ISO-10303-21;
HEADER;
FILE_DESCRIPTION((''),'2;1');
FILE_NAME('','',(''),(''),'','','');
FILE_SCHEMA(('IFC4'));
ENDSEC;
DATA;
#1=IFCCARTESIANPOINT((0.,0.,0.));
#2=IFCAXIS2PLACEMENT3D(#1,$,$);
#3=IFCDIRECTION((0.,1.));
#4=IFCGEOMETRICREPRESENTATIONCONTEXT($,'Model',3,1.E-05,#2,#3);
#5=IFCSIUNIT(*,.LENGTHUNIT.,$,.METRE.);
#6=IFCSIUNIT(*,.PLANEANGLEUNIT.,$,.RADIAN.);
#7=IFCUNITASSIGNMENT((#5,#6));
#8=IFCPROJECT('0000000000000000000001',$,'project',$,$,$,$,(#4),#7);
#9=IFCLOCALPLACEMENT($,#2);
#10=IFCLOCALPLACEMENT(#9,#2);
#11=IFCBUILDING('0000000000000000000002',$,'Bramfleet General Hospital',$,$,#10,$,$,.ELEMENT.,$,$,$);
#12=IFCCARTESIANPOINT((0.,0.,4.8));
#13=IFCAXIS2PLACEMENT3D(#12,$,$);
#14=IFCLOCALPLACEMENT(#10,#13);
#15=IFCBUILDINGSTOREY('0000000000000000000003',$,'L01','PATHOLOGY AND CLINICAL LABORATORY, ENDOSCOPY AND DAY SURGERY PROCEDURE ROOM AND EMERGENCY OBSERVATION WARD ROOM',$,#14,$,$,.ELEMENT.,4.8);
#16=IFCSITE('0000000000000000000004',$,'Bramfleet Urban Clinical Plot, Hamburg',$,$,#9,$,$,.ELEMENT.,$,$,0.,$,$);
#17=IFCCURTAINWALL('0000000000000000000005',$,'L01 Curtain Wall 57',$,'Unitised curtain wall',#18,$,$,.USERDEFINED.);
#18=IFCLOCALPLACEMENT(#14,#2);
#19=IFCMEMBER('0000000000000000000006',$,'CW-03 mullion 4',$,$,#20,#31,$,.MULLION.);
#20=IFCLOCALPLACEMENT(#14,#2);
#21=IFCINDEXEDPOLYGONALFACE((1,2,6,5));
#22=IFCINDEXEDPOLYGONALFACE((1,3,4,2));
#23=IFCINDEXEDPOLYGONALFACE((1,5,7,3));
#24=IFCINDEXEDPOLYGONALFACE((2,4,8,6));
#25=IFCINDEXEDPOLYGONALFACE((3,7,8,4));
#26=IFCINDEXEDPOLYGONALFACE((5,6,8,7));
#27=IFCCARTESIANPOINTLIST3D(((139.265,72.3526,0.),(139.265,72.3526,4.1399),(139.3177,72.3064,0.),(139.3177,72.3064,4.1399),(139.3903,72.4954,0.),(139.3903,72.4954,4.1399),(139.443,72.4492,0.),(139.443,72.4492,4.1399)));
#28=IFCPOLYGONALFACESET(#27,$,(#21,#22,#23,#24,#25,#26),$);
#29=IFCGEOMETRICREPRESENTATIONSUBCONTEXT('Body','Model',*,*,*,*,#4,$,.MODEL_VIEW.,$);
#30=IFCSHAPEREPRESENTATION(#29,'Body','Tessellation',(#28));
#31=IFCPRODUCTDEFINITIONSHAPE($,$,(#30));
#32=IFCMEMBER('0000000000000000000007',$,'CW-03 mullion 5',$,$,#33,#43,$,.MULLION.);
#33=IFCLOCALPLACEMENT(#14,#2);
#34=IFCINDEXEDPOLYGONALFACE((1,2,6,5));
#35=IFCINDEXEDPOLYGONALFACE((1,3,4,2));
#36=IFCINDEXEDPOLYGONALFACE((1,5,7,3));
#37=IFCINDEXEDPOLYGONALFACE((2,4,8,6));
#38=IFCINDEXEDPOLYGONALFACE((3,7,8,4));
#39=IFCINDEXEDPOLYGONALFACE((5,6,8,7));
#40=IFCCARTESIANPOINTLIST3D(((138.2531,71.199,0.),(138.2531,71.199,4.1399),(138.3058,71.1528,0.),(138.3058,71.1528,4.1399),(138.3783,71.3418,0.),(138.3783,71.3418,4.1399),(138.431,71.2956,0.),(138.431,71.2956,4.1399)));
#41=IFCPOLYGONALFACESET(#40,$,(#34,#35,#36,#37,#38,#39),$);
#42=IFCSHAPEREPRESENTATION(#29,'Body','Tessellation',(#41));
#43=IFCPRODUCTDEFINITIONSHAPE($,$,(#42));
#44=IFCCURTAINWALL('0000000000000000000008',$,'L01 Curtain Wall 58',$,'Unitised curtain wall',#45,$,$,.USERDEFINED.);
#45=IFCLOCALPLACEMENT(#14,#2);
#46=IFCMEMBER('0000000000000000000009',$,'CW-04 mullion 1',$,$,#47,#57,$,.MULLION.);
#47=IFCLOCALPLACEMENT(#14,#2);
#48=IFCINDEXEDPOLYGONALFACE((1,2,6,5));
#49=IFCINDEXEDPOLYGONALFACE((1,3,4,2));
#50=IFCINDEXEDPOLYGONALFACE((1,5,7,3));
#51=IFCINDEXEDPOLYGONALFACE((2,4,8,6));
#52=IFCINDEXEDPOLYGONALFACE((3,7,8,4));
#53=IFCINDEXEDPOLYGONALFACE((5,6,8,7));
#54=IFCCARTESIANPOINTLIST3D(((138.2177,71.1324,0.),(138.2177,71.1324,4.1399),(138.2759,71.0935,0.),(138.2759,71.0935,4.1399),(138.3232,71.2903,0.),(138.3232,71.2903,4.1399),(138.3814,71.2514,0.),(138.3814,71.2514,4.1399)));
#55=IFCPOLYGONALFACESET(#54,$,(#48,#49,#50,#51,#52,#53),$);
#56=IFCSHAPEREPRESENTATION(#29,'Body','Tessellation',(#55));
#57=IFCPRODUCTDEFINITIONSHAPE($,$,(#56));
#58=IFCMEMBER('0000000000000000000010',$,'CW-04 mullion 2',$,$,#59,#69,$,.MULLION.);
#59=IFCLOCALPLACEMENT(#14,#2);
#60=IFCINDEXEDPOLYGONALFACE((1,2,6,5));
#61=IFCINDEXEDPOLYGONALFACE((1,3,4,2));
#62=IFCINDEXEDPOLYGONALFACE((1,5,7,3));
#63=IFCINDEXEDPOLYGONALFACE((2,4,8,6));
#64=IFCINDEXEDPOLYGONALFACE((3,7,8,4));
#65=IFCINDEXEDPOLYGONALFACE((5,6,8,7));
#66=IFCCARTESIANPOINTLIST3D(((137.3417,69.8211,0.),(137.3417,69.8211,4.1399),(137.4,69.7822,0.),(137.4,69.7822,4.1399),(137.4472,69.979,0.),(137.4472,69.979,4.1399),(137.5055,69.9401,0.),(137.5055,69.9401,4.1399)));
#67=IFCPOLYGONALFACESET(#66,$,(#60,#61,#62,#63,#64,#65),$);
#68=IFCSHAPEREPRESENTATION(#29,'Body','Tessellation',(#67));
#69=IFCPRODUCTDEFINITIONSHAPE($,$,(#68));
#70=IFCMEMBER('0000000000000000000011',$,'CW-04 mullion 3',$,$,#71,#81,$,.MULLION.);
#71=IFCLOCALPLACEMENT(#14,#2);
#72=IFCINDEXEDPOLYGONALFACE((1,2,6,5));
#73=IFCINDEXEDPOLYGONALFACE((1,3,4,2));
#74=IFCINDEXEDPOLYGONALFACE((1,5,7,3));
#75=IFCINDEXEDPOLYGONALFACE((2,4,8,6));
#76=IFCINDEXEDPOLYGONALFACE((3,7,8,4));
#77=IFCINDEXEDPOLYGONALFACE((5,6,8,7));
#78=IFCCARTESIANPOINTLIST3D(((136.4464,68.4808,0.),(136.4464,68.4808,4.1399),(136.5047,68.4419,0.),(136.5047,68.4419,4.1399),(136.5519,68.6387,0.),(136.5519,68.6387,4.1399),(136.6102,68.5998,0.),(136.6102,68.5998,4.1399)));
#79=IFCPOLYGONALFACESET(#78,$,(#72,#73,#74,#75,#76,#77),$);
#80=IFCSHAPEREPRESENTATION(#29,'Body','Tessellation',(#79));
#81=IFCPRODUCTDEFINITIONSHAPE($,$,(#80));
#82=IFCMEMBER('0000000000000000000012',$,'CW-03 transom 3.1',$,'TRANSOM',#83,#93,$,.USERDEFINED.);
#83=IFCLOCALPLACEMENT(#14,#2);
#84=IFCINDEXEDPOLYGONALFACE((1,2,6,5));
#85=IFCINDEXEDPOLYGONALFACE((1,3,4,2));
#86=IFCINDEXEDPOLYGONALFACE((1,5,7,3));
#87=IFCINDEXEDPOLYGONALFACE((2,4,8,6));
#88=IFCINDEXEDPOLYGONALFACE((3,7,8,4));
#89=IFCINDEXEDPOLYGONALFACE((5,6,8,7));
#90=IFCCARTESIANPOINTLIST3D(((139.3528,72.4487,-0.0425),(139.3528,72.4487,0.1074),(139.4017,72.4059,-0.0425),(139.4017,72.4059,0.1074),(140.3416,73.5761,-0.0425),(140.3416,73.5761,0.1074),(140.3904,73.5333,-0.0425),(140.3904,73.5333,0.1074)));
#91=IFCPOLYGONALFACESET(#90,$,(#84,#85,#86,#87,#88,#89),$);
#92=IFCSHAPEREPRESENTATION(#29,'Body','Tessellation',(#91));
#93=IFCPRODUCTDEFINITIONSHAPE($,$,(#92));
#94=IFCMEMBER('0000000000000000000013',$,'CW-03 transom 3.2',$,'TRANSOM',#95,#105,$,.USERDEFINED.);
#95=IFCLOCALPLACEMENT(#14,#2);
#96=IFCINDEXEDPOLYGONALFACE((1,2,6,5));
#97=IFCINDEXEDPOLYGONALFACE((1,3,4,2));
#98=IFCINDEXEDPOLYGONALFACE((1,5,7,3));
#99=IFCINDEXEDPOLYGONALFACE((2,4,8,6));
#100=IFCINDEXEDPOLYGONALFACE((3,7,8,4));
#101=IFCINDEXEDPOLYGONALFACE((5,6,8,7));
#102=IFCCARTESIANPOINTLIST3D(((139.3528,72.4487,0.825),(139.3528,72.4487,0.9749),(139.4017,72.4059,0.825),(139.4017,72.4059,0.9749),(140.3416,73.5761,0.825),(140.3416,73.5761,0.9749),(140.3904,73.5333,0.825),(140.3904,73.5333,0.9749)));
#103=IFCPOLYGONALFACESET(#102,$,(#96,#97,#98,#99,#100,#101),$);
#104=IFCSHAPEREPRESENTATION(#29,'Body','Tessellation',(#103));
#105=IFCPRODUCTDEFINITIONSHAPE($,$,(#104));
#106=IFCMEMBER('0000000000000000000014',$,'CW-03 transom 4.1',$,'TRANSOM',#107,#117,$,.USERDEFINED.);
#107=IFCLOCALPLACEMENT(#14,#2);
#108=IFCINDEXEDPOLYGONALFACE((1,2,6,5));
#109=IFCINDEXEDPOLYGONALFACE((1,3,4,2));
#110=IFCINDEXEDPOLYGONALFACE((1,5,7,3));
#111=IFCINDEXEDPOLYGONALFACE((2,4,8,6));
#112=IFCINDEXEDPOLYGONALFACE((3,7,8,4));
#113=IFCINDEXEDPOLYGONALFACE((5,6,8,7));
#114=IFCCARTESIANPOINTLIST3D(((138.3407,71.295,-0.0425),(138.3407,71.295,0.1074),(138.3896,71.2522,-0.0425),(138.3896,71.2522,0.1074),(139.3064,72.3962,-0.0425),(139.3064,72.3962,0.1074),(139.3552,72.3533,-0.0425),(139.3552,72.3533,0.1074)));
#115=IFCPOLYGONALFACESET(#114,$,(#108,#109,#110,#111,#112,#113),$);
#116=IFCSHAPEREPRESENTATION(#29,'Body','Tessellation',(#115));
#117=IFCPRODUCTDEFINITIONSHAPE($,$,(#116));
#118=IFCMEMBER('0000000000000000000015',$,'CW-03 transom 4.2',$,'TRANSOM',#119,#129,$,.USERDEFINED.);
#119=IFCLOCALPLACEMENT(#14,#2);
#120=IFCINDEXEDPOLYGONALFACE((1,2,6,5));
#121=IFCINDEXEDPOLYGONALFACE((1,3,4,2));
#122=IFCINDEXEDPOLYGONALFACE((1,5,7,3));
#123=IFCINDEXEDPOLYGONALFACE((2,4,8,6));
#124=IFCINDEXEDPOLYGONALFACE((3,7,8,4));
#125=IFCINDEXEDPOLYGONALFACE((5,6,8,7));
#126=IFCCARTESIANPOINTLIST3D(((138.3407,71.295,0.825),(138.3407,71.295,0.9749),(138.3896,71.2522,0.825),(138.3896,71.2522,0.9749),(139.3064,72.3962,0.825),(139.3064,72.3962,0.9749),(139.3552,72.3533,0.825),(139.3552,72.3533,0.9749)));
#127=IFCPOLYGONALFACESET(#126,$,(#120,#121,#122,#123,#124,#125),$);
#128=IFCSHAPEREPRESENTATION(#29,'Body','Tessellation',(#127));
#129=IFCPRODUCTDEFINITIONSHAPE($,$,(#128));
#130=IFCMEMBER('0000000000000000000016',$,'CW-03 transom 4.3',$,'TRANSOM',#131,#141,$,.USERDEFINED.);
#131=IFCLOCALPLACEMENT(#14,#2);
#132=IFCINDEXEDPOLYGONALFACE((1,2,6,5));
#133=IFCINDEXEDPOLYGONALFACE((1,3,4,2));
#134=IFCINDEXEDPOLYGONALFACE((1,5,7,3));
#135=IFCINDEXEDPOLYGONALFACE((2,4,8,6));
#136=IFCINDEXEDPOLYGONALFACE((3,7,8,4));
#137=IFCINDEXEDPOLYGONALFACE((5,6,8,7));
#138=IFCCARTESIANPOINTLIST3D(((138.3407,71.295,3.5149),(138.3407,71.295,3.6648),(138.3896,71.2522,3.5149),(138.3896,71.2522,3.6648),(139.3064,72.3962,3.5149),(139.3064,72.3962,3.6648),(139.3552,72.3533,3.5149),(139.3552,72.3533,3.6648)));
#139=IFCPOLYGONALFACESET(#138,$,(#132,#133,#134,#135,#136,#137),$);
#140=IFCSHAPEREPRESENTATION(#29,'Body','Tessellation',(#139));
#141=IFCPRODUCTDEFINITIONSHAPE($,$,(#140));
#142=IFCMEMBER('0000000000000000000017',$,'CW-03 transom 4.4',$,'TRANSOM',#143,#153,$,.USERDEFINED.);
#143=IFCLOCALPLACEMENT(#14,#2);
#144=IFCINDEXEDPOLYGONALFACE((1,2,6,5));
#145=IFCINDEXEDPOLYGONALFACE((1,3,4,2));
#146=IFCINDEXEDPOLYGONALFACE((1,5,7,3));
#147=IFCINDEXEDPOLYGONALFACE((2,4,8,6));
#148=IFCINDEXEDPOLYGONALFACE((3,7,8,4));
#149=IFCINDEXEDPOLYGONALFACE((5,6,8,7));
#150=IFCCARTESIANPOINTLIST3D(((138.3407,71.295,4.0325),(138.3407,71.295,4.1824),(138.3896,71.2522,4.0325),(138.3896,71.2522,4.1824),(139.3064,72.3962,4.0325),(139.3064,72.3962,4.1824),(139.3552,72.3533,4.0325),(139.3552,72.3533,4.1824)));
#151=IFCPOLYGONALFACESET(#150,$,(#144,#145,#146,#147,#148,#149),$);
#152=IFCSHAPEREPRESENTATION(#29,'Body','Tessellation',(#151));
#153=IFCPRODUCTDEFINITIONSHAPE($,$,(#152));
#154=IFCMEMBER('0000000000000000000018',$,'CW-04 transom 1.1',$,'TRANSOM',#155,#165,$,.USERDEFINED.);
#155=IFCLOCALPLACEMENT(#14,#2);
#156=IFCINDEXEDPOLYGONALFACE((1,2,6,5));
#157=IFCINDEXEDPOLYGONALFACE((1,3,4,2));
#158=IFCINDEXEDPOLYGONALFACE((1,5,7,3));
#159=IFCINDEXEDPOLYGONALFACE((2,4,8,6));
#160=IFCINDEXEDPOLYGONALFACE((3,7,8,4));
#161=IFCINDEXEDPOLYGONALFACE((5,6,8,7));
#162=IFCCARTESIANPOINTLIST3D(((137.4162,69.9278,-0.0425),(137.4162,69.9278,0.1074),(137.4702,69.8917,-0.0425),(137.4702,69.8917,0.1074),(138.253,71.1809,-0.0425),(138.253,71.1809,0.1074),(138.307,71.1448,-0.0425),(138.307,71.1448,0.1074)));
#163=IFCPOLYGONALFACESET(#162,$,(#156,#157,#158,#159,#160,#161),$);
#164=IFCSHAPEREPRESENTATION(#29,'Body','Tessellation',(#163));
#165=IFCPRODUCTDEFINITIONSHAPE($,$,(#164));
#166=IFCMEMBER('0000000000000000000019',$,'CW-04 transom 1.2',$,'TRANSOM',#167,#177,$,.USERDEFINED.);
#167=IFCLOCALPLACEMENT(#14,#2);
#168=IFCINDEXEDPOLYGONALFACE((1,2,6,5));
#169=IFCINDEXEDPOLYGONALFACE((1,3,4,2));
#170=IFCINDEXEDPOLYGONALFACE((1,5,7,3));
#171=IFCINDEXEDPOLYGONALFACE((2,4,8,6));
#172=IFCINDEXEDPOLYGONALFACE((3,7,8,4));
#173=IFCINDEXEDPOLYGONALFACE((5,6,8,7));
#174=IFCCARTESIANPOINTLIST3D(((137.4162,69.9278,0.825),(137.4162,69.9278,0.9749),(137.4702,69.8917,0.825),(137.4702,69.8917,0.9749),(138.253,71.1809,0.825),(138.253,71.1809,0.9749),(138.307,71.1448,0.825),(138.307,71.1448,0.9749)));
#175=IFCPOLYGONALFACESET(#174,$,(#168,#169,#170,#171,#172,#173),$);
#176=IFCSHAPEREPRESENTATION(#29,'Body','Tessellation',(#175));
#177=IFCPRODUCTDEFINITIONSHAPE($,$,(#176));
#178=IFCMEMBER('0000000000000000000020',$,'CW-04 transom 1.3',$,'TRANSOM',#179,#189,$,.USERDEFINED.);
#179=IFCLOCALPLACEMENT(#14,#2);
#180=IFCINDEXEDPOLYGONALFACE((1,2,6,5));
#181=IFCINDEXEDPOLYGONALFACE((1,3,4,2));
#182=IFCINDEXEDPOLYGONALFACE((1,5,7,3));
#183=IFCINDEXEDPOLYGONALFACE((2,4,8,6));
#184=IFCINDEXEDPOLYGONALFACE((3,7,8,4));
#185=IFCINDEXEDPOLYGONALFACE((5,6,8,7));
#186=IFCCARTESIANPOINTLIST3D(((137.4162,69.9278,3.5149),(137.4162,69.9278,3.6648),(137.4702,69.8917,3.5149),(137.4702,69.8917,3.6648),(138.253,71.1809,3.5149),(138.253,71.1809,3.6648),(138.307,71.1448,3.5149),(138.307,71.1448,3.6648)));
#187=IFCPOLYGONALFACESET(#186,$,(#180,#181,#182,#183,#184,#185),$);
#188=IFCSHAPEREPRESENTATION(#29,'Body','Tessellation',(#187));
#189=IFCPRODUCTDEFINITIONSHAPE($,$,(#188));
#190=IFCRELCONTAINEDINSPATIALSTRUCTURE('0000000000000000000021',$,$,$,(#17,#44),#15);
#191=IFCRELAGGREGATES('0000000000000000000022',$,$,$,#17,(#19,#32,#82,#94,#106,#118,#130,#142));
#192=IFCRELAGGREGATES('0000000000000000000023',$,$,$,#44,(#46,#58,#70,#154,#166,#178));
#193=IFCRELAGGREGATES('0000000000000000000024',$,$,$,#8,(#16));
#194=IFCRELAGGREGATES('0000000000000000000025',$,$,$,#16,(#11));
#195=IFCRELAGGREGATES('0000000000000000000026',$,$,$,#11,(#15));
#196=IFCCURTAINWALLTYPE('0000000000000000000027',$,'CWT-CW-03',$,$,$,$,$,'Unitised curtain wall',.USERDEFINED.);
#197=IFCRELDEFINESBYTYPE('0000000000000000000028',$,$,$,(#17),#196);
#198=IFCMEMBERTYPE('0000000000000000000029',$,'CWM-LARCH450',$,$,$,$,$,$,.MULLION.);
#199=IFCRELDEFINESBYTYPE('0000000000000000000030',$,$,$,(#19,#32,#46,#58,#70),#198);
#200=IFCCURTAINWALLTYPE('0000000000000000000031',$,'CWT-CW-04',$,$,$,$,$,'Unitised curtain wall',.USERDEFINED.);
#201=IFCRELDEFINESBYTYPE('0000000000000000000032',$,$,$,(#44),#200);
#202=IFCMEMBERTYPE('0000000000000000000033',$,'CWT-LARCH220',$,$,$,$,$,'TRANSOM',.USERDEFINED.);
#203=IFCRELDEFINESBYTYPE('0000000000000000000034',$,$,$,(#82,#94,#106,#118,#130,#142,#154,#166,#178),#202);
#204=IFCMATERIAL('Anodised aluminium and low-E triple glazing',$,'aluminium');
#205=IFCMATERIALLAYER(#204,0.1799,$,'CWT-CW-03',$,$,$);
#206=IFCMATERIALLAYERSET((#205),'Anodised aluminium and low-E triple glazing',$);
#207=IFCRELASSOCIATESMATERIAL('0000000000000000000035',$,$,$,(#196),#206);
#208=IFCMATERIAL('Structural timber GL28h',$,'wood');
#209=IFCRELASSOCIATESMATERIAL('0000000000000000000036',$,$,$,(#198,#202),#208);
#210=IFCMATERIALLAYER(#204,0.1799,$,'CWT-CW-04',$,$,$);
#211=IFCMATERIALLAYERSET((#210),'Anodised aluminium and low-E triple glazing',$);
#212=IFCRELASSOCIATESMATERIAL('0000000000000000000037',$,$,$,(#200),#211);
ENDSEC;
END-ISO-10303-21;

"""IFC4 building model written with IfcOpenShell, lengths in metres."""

from ifc_helpers import new_model, si_unit, direction, frame, origin, origin_2d, place, context, subcontext, project, spatial, rectangle, extrude, material, layer, layer_set, material_profile, profile_set, type_object, element, aggregate, save


model = new_model("IFC4")

# Units and contexts
model_context = context("Model", 3, precision=1e-05, world=origin(), true_north=direction((0.0, 1.0)))
body_context = subcontext(model_context, "Body", "Model", "MODEL_VIEW")
ifc_project = project(units=[si_unit("LENGTHUNIT", "METRE"), si_unit("PLANEANGLEUNIT", "RADIAN")], contexts=[model_context])

# Site, building, storey
site_placement = place(None, origin())
site = spatial("IfcSite", under=ifc_project, at=site_placement, Name="Bramfleet Urban Clinical Plot, Hamburg", CompositionType="ELEMENT", RefElevation=0.0)
building_placement = place(site_placement, origin())
building = spatial("IfcBuilding", under=site, at=building_placement, Name="Bramfleet General Hospital", CompositionType="ELEMENT")
storey_placement = place(building_placement, frame((0.0, 0.0, 4.8)))
storey = spatial("IfcBuildingStorey", under=building, at=storey_placement, Name="L01", Description="PATHOLOGY AND CLINICAL LABORATORY, ENDOSCOPY AND DAY SURGERY PROCEDURE ROOM AND EMERGENCY OBSERVATION WARD ROOM", CompositionType="ELEMENT", Elevation=4.8)

# Curtain walls, members
ifc_material_1 = material(Name="Anodised aluminium and low-E triple glazing", Category="aluminium")
ifc_layer_1 = layer(ifc_material_1, 0.1799, Name="CWT-CW-03")
ifc_layer_set_1 = layer_set([ifc_layer_1], Name="Anodised aluminium and low-E triple glazing")
curtain_wall_type_1 = type_object("IfcCurtainWallType", Name="CWT-CW-03", ElementType="Unitised curtain wall", PredefinedType="USERDEFINED", material=ifc_layer_set_1)
curtain_wall_1_placement = place(storey_placement, origin())
curtain_wall_1 = element("IfcCurtainWall", 1, at=curtain_wall_1_placement, inside=storey, type_object=curtain_wall_type_1, Name="L01 Curtain Wall 57", ObjectType="Unitised curtain wall", PredefinedType="USERDEFINED")
ifc_material_2 = material(Name="Structural timber GL28h", Category="wood")
ifc_material_profile_1 = material_profile(ifc_material_2, rectangle(XDim=0.0701, YDim=0.1899, at=origin_2d()), Name="LARCH 190x70")
ifc_profile_set_1 = profile_set([ifc_material_profile_1], Name="Structural timber GL28h")
member_type_1 = type_object("IfcMemberType", Name="CWM-LARCH450", PredefinedType="MULLION", material=ifc_profile_set_1)
member_1_placement = place(storey_placement, frame((139.354, 72.4009, 0.0), z_axis=(0.0, 0.0, 1.0), x_axis=(0.751787, -0.659406, 0.0)))
member_1 = element("IfcMember", 2, at=member_1_placement, type_object=member_type_1, Name="CW-03 mullion 4", PredefinedType="MULLION", context=body_context, shape_type="SweptSolid", body=[
    extrude(rectangle(XDim=0.0701, YDim=0.1899, at=origin_2d()), origin(), (0.0, 0.0, 1.0), 4.1399),
])
member_2_placement = place(storey_placement, frame((138.342, 71.2473, 0.0), z_axis=(0.0, 0.0, 1.0), x_axis=(0.751787, -0.659406, 0.0)))
member_2 = element("IfcMember", 3, at=member_2_placement, type_object=member_type_1, Name="CW-03 mullion 5", PredefinedType="MULLION", context=body_context, shape_type="SweptSolid", body=[
    extrude(rectangle(XDim=0.0701, YDim=0.1899, at=origin_2d()), origin(), (0.0, 0.0, 1.0), 4.1399),
])
ifc_layer_2 = layer(ifc_material_1, 0.1799, Name="CWT-CW-04")
ifc_layer_set_2 = layer_set([ifc_layer_2], Name="Anodised aluminium and low-E triple glazing")
curtain_wall_type_2 = type_object("IfcCurtainWallType", Name="CWT-CW-04", ElementType="Unitised curtain wall", PredefinedType="USERDEFINED", material=ifc_layer_set_2)
curtain_wall_2_placement = place(storey_placement, origin())
curtain_wall_2 = element("IfcCurtainWall", 4, at=curtain_wall_2_placement, inside=storey, type_object=curtain_wall_type_2, Name="L01 Curtain Wall 58", ObjectType="Unitised curtain wall", PredefinedType="USERDEFINED")
member_3_placement = place(storey_placement, frame((138.2996, 71.1919, 0.0), z_axis=(0.0, 0.0, 1.0), x_axis=(0.831541, -0.555464, 0.0)))
member_3 = element("IfcMember", 5, at=member_3_placement, type_object=member_type_1, Name="CW-04 mullion 1", PredefinedType="MULLION", context=body_context, shape_type="SweptSolid", body=[
    extrude(rectangle(XDim=0.0701, YDim=0.1899, at=origin_2d()), origin(), (0.0, 0.0, 1.0), 4.1399),
])
member_4_placement = place(storey_placement, frame((137.4236, 69.8806, 0.0), z_axis=(0.0, 0.0, 1.0), x_axis=(0.831541, -0.555464, 0.0)))
member_4 = element("IfcMember", 6, at=member_4_placement, type_object=member_type_1, Name="CW-04 mullion 2", PredefinedType="MULLION", context=body_context, shape_type="SweptSolid", body=[
    extrude(rectangle(XDim=0.0701, YDim=0.1899, at=origin_2d()), origin(), (0.0, 0.0, 1.0), 4.1399),
])
member_5_placement = place(storey_placement, frame((136.5283, 68.5403, 0.0), z_axis=(0.0, 0.0, 1.0), x_axis=(0.831541, -0.555464, 0.0)))
member_5 = element("IfcMember", 7, at=member_5_placement, type_object=member_type_1, Name="CW-04 mullion 3", PredefinedType="MULLION", context=body_context, shape_type="SweptSolid", body=[
    extrude(rectangle(XDim=0.0701, YDim=0.1899, at=origin_2d()), origin(), (0.0, 0.0, 1.0), 4.1399),
])

# Members
ifc_material_profile_2 = material_profile(ifc_material_2, rectangle(XDim=0.0649, YDim=0.1499, at=origin_2d()), Name="LARCH 150x65")
ifc_profile_set_2 = profile_set([ifc_material_profile_2], Name="Structural timber GL28h")
member_type_2 = type_object("IfcMemberType", Name="CWT-LARCH220", ElementType="TRANSOM", PredefinedType="USERDEFINED", material=ifc_profile_set_2)
member_6_placement = place(storey_placement, frame((140.366, 73.5547, 0.0325), z_axis=(-0.659357, -0.75183, 0.0), x_axis=(0.75183, -0.659357, 0.0)))
member_6 = element("IfcMember", 8, at=member_6_placement, type_object=member_type_2, Name="CW-03 transom 3.1", ObjectType="TRANSOM", PredefinedType="USERDEFINED", context=body_context, shape_type="SweptSolid", body=[
    extrude(rectangle(XDim=0.0649, YDim=0.1499, at=origin_2d()), origin(), (0.0, 0.0, 1.0), 1.4995),
])
member_7_placement = place(storey_placement, frame((140.366, 73.5547, 0.8999), z_axis=(-0.659357, -0.75183, 0.0), x_axis=(0.75183, -0.659357, 0.0)))
member_7 = element("IfcMember", 9, at=member_7_placement, type_object=member_type_2, Name="CW-03 transom 3.2", ObjectType="TRANSOM", PredefinedType="USERDEFINED", context=body_context, shape_type="SweptSolid", body=[
    extrude(rectangle(XDim=0.0649, YDim=0.1499, at=origin_2d()), origin(), (0.0, 0.0, 1.0), 1.4995),
])
member_8_placement = place(storey_placement, frame((139.3308, 72.3748, 0.0325), z_axis=(-0.65933, -0.751853, 0.0), x_axis=(0.751853, -0.65933, 0.0)))
member_8 = element("IfcMember", 10, at=member_8_placement, type_object=member_type_2, Name="CW-03 transom 4.1", ObjectType="TRANSOM", PredefinedType="USERDEFINED", context=body_context, shape_type="SweptSolid", body=[
    extrude(rectangle(XDim=0.0649, YDim=0.1499, at=origin_2d()), origin(), (0.0, 0.0, 1.0), 1.4646),
])
member_9_placement = place(storey_placement, frame((139.3308, 72.3748, 0.8999), z_axis=(-0.65933, -0.751853, 0.0), x_axis=(0.751853, -0.65933, 0.0)))
member_9 = element("IfcMember", 11, at=member_9_placement, type_object=member_type_2, Name="CW-03 transom 4.2", ObjectType="TRANSOM", PredefinedType="USERDEFINED", context=body_context, shape_type="SweptSolid", body=[
    extrude(rectangle(XDim=0.0649, YDim=0.1499, at=origin_2d()), origin(), (0.0, 0.0, 1.0), 1.4646),
])
member_10_placement = place(storey_placement, frame((139.3308, 72.3748, 3.5898), z_axis=(-0.65933, -0.751853, 0.0), x_axis=(0.751853, -0.65933, 0.0)))
member_10 = element("IfcMember", 12, at=member_10_placement, type_object=member_type_2, Name="CW-03 transom 4.3", ObjectType="TRANSOM", PredefinedType="USERDEFINED", context=body_context, shape_type="SweptSolid", body=[
    extrude(rectangle(XDim=0.0649, YDim=0.1499, at=origin_2d()), origin(), (0.0, 0.0, 1.0), 1.4646),
])
member_11_placement = place(storey_placement, frame((139.3308, 72.3748, 4.1074), z_axis=(-0.65933, -0.751853, 0.0), x_axis=(0.751853, -0.65933, 0.0)))
member_11 = element("IfcMember", 13, at=member_11_placement, type_object=member_type_2, Name="CW-03 transom 4.4", ObjectType="TRANSOM", PredefinedType="USERDEFINED", context=body_context, shape_type="SweptSolid", body=[
    extrude(rectangle(XDim=0.0649, YDim=0.1499, at=origin_2d()), origin(), (0.0, 0.0, 1.0), 1.4646),
])
member_12_placement = place(storey_placement, frame((138.28, 71.1628, 0.0325), z_axis=(-0.555373, -0.831601, 0.0), x_axis=(0.831601, -0.555373, 0.0)))
member_12 = element("IfcMember", 14, at=member_12_placement, type_object=member_type_2, Name="CW-04 transom 1.1", ObjectType="TRANSOM", PredefinedType="USERDEFINED", context=body_context, shape_type="SweptSolid", body=[
    extrude(rectangle(XDim=0.0649, YDim=0.1499, at=origin_2d()), origin(), (0.0, 0.0, 1.0), 1.5068),
])
member_13_placement = place(storey_placement, frame((138.28, 71.1628, 0.8999), z_axis=(-0.555373, -0.831601, 0.0), x_axis=(0.831601, -0.555373, 0.0)))
member_13 = element("IfcMember", 15, at=member_13_placement, type_object=member_type_2, Name="CW-04 transom 1.2", ObjectType="TRANSOM", PredefinedType="USERDEFINED", context=body_context, shape_type="SweptSolid", body=[
    extrude(rectangle(XDim=0.0649, YDim=0.1499, at=origin_2d()), origin(), (0.0, 0.0, 1.0), 1.5068),
])
member_14_placement = place(storey_placement, frame((138.28, 71.1628, 3.5898), z_axis=(-0.555373, -0.831601, 0.0), x_axis=(0.831601, -0.555373, 0.0)))
member_14 = element("IfcMember", 16, at=member_14_placement, type_object=member_type_2, Name="CW-04 transom 1.3", ObjectType="TRANSOM", PredefinedType="USERDEFINED", context=body_context, shape_type="SweptSolid", body=[
    extrude(rectangle(XDim=0.0649, YDim=0.1499, at=origin_2d()), origin(), (0.0, 0.0, 1.0), 1.5068),
])

aggregate(curtain_wall_1, [member_1, member_2, member_6, member_7, member_8, member_9, member_10, member_11])
aggregate(curtain_wall_2, [member_3, member_4, member_5, member_12, member_13, member_14])

save(model, "model.ifc")
